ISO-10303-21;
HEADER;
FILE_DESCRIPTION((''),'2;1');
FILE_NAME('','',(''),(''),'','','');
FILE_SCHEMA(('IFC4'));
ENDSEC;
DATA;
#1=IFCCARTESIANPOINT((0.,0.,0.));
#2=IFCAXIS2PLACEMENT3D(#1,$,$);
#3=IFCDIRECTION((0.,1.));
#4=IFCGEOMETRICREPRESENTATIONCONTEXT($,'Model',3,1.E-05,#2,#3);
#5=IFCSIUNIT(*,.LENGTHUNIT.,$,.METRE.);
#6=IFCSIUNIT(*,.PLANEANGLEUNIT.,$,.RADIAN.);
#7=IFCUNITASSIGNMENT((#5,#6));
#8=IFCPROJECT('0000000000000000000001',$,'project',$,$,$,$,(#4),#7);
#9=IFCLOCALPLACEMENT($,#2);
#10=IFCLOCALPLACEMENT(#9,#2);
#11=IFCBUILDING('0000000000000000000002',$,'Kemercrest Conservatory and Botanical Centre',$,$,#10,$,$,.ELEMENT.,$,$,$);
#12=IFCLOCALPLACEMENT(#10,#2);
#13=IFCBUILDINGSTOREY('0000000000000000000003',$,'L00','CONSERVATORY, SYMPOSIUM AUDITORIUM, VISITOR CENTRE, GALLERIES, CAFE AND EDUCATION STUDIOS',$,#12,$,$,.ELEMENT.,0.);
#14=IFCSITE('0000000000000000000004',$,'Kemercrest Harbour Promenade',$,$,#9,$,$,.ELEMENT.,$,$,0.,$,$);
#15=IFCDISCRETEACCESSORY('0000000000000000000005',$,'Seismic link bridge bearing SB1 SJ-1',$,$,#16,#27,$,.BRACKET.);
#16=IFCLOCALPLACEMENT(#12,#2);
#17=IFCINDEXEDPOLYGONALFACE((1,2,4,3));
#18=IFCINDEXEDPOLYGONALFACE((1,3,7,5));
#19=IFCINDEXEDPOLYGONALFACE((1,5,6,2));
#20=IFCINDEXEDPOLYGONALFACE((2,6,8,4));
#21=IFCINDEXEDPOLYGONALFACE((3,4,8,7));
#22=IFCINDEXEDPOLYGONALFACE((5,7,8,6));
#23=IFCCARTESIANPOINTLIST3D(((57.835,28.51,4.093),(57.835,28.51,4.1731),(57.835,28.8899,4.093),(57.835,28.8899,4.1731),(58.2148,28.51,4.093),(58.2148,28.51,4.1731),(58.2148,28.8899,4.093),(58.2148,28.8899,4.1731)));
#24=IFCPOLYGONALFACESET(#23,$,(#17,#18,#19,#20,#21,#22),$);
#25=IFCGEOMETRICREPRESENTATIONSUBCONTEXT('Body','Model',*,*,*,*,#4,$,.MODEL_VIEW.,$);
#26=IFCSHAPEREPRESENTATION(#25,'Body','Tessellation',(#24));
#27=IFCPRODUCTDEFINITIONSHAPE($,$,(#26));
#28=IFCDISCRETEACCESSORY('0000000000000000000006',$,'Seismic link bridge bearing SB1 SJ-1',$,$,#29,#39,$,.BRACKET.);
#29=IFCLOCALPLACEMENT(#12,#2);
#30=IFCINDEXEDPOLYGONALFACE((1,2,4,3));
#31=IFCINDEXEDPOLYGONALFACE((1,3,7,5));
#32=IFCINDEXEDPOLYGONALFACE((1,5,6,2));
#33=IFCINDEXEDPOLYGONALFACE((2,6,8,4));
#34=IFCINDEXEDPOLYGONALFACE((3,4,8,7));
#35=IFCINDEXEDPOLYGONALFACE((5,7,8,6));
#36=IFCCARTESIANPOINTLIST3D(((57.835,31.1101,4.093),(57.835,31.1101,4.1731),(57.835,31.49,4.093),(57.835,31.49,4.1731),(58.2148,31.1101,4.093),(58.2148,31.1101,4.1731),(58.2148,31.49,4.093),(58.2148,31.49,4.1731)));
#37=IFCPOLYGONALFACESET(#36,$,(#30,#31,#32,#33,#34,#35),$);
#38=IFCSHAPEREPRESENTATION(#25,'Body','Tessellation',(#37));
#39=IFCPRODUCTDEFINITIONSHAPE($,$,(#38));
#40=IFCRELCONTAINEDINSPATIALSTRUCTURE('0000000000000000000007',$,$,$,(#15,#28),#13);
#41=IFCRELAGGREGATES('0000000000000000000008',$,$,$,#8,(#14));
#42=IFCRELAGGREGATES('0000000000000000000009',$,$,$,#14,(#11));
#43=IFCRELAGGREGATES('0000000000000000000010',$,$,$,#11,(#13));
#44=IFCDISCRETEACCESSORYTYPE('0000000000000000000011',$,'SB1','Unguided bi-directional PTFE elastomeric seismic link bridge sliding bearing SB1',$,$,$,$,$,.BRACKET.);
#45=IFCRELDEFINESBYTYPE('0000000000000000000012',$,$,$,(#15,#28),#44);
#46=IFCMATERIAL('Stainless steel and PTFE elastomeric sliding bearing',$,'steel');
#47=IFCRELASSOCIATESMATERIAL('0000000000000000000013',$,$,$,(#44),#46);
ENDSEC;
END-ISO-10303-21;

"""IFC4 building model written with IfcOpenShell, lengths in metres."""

from ifc_helpers import new_model, si_unit, direction, frame, origin, origin_2d, place, context, subcontext, project, spatial, rectangle, extrude, material, type_object, element, save


model = new_model("IFC4")

# Units and contexts
model_context = context("Model", 3, precision=1e-05, world=origin(), true_north=direction((0.0, 1.0)))
body_context = subcontext(model_context, "Body", "Model", "MODEL_VIEW")
ifc_project = project(units=[si_unit("LENGTHUNIT", "METRE"), si_unit("PLANEANGLEUNIT", "RADIAN")], contexts=[model_context])

# Site, building, storey
site_placement = place(None, origin())
site = spatial("IfcSite", under=ifc_project, at=site_placement, Name="Kemercrest Harbour Promenade", CompositionType="ELEMENT", RefElevation=0.0)
building_placement = place(site_placement, origin())
building = spatial("IfcBuilding", under=site, at=building_placement, Name="Kemercrest Conservatory and Botanical Centre", CompositionType="ELEMENT")
storey_placement = place(building_placement, origin())
storey = spatial("IfcBuildingStorey", under=building, at=storey_placement, Name="L00", Description="CONSERVATORY, SYMPOSIUM AUDITORIUM, VISITOR CENTRE, GALLERIES, CAFE AND EDUCATION STUDIOS", CompositionType="ELEMENT", Elevation=0.0)

# Discrete accessories
ifc_material_1 = material(Name="Stainless steel and PTFE elastomeric sliding bearing", Category="steel")
discrete_accessory_type = type_object("IfcDiscreteAccessoryType", Name="SB1", Description="Unguided bi-directional PTFE elastomeric seismic link bridge sliding bearing SB1", PredefinedType="BRACKET", material=ifc_material_1)
for number, where, z_axis, x_axis, name in (
    (1, (58.0249, 28.7, 4.093), (0.0, 0.0, 1.0), (1.0, 0.0, 0.0), "Seismic link bridge bearing SB1 SJ-1"),
    (2, (58.0249, 31.3, 4.093), (0.0, 0.0, 1.0), (1.0, 0.0, 0.0), "Seismic link bridge bearing SB1 SJ-1"),
):
    element("IfcDiscreteAccessory", number, at=place(storey_placement, frame(where, z_axis=z_axis, x_axis=x_axis)), inside=storey, type_object=discrete_accessory_type, Name=name, PredefinedType="BRACKET", context=body_context, shape_type="SweptSolid", body=[
        extrude(rectangle(XDim=0.3799, YDim=0.3799, at=origin_2d()), origin(), (0.0, 0.0, 1.0), 0.0801),
    ])

save(model, "model.ifc")
